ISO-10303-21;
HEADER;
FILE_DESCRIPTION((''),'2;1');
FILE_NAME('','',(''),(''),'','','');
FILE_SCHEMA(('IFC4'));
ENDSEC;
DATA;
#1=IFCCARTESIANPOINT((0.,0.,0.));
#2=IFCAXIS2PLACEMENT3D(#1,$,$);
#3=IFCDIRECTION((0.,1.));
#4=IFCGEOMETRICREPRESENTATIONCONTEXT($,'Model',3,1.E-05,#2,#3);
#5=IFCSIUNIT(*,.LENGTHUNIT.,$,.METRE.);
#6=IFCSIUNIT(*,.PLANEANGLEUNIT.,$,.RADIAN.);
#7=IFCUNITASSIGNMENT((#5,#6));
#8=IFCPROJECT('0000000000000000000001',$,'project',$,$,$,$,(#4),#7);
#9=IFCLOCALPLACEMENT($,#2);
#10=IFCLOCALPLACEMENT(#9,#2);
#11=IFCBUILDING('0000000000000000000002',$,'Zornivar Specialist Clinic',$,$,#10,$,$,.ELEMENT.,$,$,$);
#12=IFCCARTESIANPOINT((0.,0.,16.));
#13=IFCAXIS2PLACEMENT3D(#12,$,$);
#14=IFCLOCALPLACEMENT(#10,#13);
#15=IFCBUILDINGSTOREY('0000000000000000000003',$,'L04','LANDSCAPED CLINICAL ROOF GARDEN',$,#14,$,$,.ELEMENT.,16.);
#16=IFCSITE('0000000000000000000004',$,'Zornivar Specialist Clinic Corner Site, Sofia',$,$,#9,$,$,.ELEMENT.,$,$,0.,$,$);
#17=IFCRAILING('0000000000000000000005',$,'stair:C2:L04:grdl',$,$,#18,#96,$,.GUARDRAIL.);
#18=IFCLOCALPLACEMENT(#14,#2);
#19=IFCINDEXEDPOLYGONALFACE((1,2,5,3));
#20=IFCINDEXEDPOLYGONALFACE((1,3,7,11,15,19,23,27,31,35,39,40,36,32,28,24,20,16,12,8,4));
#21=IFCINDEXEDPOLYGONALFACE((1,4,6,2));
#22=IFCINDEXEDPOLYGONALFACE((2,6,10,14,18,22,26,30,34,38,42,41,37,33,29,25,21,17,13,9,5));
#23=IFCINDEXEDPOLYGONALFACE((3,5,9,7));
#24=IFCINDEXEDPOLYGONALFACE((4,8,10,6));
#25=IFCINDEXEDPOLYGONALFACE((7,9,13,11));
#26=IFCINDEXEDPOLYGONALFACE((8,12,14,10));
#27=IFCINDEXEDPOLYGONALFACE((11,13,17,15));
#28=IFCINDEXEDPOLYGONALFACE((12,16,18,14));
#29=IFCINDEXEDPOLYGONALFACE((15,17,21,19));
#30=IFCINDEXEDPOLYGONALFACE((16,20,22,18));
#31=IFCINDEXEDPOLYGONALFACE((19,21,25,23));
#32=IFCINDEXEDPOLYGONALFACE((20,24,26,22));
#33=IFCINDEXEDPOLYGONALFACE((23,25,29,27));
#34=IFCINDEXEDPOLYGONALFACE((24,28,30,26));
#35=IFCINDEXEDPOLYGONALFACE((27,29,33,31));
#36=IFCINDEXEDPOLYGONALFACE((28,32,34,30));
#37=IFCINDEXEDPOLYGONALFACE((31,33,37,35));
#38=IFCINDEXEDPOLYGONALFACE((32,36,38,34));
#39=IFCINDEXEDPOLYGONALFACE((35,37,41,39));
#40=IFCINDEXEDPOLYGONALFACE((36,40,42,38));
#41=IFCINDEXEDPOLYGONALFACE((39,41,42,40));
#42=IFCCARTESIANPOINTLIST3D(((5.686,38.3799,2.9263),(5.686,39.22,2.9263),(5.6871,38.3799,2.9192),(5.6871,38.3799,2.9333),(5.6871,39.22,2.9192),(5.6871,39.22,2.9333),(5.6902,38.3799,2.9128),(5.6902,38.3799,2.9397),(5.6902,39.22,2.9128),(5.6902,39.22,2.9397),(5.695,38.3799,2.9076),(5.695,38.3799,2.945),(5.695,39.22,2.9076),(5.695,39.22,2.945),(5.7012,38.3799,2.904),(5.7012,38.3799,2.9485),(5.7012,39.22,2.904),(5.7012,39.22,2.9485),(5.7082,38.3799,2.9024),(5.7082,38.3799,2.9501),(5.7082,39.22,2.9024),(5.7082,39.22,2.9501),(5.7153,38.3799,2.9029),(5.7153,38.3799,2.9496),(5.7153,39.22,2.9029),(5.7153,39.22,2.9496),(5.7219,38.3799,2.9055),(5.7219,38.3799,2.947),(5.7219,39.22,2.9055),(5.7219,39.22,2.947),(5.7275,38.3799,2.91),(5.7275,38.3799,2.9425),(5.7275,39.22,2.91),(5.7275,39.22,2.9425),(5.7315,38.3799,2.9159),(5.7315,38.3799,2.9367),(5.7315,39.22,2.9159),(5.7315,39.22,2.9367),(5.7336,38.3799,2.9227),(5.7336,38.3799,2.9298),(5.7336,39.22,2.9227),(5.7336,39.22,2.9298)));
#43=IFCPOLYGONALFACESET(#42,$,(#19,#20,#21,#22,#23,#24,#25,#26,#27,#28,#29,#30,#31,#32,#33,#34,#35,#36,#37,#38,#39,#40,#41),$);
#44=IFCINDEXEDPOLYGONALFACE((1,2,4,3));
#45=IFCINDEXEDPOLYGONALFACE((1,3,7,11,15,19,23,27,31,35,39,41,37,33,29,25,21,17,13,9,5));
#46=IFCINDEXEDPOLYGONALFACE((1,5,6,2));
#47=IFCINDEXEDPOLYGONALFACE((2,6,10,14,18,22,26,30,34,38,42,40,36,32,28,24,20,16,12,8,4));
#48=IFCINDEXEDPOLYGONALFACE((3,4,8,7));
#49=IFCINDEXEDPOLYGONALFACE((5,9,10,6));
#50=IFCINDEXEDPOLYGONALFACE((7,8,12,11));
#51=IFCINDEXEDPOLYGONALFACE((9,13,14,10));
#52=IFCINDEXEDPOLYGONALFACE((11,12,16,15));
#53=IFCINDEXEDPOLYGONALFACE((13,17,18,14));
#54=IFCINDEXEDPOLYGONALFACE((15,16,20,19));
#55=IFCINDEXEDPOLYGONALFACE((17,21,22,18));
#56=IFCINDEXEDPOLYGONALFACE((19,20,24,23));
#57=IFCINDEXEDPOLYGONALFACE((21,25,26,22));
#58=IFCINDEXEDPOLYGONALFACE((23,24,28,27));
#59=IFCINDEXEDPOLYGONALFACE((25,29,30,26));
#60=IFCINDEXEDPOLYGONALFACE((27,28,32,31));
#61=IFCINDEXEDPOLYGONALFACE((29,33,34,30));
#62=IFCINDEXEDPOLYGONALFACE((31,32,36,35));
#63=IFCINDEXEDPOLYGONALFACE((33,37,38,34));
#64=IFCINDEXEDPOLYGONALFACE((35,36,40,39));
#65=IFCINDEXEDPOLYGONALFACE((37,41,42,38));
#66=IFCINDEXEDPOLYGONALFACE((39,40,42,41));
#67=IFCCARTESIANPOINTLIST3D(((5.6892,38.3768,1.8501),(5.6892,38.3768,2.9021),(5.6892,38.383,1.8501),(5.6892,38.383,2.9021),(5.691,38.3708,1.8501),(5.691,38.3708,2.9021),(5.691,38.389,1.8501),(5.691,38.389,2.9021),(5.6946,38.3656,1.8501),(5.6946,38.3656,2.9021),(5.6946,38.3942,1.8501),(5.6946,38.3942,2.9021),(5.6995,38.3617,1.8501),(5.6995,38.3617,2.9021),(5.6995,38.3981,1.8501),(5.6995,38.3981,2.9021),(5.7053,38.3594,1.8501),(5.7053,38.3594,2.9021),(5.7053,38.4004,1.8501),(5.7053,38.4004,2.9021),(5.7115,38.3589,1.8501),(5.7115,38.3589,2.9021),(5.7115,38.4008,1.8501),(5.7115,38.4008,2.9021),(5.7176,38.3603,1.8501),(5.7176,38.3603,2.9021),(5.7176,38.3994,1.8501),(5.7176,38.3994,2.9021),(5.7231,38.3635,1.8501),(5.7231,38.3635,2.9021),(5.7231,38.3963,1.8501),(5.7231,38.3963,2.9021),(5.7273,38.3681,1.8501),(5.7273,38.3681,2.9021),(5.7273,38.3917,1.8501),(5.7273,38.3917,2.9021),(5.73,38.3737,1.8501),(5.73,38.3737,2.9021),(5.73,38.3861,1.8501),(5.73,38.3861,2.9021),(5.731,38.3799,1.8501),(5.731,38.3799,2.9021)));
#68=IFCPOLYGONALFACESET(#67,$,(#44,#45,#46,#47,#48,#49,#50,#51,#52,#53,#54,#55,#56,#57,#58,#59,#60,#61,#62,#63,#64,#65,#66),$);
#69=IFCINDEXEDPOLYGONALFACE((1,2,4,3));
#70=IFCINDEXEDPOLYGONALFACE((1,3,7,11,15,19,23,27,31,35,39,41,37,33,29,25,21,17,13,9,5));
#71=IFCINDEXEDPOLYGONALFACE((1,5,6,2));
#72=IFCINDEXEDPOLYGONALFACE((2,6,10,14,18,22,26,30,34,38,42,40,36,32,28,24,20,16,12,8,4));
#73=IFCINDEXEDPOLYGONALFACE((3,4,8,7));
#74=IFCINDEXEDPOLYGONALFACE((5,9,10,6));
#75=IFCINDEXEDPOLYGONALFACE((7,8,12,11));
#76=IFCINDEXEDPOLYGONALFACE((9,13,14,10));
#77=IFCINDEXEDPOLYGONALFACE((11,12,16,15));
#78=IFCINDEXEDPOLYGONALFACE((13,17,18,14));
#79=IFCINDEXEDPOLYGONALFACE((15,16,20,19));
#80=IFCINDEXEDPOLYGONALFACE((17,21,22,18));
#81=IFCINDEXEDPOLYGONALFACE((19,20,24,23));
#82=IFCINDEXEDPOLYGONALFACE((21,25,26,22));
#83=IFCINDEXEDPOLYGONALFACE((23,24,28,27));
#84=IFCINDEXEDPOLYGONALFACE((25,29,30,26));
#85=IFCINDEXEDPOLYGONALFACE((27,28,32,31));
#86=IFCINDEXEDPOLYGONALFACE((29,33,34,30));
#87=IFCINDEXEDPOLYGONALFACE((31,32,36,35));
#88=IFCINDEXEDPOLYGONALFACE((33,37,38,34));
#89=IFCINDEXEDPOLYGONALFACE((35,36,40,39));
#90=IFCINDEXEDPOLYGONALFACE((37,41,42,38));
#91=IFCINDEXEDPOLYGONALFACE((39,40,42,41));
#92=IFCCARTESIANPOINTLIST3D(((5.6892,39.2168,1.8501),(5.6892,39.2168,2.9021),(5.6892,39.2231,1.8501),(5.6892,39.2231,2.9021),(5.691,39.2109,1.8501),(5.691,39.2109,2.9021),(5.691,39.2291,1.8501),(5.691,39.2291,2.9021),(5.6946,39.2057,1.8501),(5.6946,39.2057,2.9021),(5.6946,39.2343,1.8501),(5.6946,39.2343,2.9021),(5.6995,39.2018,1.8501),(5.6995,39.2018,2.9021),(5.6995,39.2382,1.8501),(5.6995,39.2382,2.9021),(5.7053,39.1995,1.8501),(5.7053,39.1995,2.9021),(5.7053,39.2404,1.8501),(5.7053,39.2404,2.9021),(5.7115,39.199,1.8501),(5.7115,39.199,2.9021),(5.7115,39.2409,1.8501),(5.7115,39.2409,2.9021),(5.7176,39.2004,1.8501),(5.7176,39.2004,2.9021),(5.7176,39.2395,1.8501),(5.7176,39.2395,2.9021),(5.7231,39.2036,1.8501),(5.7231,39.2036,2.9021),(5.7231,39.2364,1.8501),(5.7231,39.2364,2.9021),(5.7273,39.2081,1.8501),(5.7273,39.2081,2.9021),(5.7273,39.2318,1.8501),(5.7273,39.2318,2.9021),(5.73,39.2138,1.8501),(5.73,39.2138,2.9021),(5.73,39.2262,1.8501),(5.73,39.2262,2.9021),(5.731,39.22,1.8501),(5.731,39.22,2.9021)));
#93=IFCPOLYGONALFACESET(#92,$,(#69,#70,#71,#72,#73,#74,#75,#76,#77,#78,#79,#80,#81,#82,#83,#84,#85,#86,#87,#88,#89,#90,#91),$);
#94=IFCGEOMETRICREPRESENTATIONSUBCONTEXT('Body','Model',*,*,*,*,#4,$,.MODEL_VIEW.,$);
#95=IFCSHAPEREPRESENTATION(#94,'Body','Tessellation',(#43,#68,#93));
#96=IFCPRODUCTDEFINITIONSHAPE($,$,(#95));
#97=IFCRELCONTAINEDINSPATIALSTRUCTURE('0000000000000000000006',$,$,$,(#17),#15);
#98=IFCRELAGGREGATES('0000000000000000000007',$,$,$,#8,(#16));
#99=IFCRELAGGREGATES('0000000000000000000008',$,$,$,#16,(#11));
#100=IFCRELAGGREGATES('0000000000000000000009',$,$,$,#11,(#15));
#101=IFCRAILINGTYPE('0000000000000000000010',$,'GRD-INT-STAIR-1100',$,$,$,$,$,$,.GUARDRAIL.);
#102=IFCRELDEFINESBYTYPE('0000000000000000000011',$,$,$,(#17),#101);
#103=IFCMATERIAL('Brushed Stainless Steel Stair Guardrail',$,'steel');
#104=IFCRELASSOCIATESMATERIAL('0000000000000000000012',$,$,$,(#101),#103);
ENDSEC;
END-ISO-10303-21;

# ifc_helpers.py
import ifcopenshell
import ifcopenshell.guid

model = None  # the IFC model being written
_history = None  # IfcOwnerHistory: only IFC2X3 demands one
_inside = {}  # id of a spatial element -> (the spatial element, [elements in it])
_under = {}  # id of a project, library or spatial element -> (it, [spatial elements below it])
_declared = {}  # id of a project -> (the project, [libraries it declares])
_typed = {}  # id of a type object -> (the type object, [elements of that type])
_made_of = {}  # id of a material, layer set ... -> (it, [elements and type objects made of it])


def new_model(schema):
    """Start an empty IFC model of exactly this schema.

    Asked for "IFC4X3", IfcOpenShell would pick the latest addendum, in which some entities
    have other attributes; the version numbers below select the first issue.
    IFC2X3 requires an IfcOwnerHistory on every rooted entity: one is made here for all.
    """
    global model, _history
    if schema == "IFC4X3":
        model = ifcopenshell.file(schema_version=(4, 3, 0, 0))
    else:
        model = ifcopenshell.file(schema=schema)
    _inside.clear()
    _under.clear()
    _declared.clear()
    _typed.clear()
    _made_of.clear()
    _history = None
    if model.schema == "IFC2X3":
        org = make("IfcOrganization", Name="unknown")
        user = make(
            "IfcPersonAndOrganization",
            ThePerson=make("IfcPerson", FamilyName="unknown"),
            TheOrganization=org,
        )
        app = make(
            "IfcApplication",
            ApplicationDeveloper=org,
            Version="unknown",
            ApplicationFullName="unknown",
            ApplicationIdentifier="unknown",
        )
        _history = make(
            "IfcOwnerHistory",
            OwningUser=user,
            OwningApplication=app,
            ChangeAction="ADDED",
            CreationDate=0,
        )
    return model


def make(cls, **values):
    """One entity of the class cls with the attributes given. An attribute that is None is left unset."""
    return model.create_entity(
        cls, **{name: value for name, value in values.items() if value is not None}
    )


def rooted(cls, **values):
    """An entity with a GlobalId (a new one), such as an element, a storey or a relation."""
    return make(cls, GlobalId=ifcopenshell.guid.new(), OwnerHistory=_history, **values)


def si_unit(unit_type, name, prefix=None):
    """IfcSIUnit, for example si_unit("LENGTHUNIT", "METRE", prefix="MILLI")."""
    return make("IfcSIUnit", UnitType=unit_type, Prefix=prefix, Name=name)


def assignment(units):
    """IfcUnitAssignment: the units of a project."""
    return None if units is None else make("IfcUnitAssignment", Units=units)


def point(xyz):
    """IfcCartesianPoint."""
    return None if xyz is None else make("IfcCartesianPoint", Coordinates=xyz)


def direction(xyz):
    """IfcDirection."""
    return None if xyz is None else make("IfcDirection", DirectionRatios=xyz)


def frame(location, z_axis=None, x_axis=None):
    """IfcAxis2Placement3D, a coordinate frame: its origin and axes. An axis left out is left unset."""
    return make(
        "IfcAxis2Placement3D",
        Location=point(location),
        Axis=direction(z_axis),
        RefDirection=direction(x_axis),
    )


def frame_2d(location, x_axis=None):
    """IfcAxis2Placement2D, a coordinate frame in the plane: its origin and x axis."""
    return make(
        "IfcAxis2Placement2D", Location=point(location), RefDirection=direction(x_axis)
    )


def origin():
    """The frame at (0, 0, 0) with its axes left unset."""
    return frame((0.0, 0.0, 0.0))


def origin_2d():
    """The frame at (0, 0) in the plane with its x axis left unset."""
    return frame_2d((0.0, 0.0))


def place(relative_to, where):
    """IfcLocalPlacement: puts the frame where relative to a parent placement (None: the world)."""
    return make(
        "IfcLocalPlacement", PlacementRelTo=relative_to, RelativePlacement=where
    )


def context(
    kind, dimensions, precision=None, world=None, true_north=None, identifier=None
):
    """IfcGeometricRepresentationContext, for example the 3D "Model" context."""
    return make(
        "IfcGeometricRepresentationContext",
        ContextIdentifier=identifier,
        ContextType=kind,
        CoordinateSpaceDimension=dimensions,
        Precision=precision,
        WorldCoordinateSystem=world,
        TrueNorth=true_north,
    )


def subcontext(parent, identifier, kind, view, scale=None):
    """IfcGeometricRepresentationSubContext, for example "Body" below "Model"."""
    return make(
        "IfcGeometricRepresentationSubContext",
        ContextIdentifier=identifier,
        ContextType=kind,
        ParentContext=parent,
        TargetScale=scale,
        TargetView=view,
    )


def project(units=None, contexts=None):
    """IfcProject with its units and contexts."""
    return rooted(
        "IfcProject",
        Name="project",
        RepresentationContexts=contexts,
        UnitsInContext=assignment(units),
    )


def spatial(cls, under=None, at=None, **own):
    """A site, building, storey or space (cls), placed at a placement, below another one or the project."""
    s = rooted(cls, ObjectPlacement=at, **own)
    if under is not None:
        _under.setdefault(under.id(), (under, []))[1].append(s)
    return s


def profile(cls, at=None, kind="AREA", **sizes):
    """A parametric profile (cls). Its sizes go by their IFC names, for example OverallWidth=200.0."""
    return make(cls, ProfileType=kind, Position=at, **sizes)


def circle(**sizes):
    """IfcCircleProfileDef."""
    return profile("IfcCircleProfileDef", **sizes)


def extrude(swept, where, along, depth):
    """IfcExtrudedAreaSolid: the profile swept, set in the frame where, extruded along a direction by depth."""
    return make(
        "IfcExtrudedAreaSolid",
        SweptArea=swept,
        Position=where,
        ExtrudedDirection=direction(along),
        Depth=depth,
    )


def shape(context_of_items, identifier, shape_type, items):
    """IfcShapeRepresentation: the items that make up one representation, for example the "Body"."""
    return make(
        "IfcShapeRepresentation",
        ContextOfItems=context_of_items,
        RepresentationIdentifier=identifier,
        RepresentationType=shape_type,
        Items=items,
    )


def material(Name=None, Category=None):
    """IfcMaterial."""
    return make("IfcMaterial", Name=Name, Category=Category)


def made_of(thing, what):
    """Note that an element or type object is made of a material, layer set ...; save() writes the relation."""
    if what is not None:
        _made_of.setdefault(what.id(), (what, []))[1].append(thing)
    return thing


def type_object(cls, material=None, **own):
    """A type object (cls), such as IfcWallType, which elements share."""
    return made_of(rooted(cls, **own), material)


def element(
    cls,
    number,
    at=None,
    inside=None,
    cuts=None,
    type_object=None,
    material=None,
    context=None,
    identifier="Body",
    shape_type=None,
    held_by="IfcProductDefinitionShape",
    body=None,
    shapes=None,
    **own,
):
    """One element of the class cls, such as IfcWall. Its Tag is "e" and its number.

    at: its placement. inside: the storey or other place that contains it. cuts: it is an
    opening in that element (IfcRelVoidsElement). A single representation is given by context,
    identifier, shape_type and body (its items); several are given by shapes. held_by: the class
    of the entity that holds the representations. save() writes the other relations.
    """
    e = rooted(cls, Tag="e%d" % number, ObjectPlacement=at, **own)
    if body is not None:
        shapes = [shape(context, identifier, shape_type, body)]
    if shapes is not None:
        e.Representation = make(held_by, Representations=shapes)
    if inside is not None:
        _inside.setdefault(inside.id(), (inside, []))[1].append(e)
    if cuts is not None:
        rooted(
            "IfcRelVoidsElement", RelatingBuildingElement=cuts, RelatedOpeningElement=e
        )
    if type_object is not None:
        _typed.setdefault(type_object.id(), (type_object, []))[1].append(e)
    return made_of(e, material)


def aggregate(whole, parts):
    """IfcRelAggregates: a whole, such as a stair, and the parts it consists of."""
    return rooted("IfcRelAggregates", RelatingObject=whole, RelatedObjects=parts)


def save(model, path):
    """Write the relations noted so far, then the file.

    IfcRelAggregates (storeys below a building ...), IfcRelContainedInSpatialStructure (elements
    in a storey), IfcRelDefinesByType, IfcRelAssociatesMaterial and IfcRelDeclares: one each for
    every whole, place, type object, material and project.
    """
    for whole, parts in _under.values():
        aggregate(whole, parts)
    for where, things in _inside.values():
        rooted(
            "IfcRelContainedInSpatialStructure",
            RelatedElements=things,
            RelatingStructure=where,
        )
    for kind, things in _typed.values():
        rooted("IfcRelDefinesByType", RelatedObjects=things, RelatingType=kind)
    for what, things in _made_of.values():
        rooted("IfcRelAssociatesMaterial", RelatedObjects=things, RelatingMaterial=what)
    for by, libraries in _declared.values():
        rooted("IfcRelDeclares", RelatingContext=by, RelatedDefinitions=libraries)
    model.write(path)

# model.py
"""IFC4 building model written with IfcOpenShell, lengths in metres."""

from ifc_helpers import new_model, si_unit, direction, frame, origin, origin_2d, place, context, subcontext, project, spatial, circle, extrude, material, type_object, element, save


model = new_model("IFC4")

# Units and contexts
model_context = context("Model", 3, precision=1e-05, world=origin(), true_north=direction((0.0, 1.0)))
body_context = subcontext(model_context, "Body", "Model", "MODEL_VIEW")
ifc_project = project(units=[si_unit("LENGTHUNIT", "METRE"), si_unit("PLANEANGLEUNIT", "RADIAN")], contexts=[model_context])

# Site, building, storey
site_placement = place(None, origin())
site = spatial("IfcSite", under=ifc_project, at=site_placement, Name="Zornivar Specialist Clinic Corner Site, Sofia", CompositionType="ELEMENT", RefElevation=0.0)
building_placement = place(site_placement, origin())
building = spatial("IfcBuilding", under=site, at=building_placement, Name="Zornivar Specialist Clinic", CompositionType="ELEMENT")
storey_placement = place(building_placement, frame((0.0, 0.0, 16.0)))
storey = spatial("IfcBuildingStorey", under=building, at=storey_placement, Name="L04", Description="LANDSCAPED CLINICAL ROOF GARDEN", CompositionType="ELEMENT", Elevation=16.0)

# Railing
ifc_material_1 = material(Name="Brushed Stainless Steel Stair Guardrail", Category="steel")
railing_type_1 = type_object("IfcRailingType", Name="GRD-INT-STAIR-1100", PredefinedType="GUARDRAIL", material=ifc_material_1)
railing_1_placement = place(storey_placement, frame((5.71, 38.3799, 1.8501)))
element("IfcRailing", 1, at=railing_1_placement, inside=storey, type_object=railing_type_1, Name="stair:C2:L04:grdl", PredefinedType="GUARDRAIL", context=body_context, shape_type="SweptSolid", body=[
    extrude(circle(Radius=0.0239, at=origin_2d()), frame((0.0, 0.0, 1.0762), z_axis=(0.0, 1.0, 0.0), x_axis=(-1.0, 0.0, 0.0)), (0.0, 0.0, 1.0), 0.8401),
    extrude(circle(Radius=0.021, at=origin_2d()), origin(), (0.0, 0.0, 1.0), 1.052),
    extrude(circle(Radius=0.021, at=origin_2d()), frame((0.0, 0.8401, 0.0)), (0.0, 0.0, 1.0), 1.052),
])

save(model, "model.ifc")
